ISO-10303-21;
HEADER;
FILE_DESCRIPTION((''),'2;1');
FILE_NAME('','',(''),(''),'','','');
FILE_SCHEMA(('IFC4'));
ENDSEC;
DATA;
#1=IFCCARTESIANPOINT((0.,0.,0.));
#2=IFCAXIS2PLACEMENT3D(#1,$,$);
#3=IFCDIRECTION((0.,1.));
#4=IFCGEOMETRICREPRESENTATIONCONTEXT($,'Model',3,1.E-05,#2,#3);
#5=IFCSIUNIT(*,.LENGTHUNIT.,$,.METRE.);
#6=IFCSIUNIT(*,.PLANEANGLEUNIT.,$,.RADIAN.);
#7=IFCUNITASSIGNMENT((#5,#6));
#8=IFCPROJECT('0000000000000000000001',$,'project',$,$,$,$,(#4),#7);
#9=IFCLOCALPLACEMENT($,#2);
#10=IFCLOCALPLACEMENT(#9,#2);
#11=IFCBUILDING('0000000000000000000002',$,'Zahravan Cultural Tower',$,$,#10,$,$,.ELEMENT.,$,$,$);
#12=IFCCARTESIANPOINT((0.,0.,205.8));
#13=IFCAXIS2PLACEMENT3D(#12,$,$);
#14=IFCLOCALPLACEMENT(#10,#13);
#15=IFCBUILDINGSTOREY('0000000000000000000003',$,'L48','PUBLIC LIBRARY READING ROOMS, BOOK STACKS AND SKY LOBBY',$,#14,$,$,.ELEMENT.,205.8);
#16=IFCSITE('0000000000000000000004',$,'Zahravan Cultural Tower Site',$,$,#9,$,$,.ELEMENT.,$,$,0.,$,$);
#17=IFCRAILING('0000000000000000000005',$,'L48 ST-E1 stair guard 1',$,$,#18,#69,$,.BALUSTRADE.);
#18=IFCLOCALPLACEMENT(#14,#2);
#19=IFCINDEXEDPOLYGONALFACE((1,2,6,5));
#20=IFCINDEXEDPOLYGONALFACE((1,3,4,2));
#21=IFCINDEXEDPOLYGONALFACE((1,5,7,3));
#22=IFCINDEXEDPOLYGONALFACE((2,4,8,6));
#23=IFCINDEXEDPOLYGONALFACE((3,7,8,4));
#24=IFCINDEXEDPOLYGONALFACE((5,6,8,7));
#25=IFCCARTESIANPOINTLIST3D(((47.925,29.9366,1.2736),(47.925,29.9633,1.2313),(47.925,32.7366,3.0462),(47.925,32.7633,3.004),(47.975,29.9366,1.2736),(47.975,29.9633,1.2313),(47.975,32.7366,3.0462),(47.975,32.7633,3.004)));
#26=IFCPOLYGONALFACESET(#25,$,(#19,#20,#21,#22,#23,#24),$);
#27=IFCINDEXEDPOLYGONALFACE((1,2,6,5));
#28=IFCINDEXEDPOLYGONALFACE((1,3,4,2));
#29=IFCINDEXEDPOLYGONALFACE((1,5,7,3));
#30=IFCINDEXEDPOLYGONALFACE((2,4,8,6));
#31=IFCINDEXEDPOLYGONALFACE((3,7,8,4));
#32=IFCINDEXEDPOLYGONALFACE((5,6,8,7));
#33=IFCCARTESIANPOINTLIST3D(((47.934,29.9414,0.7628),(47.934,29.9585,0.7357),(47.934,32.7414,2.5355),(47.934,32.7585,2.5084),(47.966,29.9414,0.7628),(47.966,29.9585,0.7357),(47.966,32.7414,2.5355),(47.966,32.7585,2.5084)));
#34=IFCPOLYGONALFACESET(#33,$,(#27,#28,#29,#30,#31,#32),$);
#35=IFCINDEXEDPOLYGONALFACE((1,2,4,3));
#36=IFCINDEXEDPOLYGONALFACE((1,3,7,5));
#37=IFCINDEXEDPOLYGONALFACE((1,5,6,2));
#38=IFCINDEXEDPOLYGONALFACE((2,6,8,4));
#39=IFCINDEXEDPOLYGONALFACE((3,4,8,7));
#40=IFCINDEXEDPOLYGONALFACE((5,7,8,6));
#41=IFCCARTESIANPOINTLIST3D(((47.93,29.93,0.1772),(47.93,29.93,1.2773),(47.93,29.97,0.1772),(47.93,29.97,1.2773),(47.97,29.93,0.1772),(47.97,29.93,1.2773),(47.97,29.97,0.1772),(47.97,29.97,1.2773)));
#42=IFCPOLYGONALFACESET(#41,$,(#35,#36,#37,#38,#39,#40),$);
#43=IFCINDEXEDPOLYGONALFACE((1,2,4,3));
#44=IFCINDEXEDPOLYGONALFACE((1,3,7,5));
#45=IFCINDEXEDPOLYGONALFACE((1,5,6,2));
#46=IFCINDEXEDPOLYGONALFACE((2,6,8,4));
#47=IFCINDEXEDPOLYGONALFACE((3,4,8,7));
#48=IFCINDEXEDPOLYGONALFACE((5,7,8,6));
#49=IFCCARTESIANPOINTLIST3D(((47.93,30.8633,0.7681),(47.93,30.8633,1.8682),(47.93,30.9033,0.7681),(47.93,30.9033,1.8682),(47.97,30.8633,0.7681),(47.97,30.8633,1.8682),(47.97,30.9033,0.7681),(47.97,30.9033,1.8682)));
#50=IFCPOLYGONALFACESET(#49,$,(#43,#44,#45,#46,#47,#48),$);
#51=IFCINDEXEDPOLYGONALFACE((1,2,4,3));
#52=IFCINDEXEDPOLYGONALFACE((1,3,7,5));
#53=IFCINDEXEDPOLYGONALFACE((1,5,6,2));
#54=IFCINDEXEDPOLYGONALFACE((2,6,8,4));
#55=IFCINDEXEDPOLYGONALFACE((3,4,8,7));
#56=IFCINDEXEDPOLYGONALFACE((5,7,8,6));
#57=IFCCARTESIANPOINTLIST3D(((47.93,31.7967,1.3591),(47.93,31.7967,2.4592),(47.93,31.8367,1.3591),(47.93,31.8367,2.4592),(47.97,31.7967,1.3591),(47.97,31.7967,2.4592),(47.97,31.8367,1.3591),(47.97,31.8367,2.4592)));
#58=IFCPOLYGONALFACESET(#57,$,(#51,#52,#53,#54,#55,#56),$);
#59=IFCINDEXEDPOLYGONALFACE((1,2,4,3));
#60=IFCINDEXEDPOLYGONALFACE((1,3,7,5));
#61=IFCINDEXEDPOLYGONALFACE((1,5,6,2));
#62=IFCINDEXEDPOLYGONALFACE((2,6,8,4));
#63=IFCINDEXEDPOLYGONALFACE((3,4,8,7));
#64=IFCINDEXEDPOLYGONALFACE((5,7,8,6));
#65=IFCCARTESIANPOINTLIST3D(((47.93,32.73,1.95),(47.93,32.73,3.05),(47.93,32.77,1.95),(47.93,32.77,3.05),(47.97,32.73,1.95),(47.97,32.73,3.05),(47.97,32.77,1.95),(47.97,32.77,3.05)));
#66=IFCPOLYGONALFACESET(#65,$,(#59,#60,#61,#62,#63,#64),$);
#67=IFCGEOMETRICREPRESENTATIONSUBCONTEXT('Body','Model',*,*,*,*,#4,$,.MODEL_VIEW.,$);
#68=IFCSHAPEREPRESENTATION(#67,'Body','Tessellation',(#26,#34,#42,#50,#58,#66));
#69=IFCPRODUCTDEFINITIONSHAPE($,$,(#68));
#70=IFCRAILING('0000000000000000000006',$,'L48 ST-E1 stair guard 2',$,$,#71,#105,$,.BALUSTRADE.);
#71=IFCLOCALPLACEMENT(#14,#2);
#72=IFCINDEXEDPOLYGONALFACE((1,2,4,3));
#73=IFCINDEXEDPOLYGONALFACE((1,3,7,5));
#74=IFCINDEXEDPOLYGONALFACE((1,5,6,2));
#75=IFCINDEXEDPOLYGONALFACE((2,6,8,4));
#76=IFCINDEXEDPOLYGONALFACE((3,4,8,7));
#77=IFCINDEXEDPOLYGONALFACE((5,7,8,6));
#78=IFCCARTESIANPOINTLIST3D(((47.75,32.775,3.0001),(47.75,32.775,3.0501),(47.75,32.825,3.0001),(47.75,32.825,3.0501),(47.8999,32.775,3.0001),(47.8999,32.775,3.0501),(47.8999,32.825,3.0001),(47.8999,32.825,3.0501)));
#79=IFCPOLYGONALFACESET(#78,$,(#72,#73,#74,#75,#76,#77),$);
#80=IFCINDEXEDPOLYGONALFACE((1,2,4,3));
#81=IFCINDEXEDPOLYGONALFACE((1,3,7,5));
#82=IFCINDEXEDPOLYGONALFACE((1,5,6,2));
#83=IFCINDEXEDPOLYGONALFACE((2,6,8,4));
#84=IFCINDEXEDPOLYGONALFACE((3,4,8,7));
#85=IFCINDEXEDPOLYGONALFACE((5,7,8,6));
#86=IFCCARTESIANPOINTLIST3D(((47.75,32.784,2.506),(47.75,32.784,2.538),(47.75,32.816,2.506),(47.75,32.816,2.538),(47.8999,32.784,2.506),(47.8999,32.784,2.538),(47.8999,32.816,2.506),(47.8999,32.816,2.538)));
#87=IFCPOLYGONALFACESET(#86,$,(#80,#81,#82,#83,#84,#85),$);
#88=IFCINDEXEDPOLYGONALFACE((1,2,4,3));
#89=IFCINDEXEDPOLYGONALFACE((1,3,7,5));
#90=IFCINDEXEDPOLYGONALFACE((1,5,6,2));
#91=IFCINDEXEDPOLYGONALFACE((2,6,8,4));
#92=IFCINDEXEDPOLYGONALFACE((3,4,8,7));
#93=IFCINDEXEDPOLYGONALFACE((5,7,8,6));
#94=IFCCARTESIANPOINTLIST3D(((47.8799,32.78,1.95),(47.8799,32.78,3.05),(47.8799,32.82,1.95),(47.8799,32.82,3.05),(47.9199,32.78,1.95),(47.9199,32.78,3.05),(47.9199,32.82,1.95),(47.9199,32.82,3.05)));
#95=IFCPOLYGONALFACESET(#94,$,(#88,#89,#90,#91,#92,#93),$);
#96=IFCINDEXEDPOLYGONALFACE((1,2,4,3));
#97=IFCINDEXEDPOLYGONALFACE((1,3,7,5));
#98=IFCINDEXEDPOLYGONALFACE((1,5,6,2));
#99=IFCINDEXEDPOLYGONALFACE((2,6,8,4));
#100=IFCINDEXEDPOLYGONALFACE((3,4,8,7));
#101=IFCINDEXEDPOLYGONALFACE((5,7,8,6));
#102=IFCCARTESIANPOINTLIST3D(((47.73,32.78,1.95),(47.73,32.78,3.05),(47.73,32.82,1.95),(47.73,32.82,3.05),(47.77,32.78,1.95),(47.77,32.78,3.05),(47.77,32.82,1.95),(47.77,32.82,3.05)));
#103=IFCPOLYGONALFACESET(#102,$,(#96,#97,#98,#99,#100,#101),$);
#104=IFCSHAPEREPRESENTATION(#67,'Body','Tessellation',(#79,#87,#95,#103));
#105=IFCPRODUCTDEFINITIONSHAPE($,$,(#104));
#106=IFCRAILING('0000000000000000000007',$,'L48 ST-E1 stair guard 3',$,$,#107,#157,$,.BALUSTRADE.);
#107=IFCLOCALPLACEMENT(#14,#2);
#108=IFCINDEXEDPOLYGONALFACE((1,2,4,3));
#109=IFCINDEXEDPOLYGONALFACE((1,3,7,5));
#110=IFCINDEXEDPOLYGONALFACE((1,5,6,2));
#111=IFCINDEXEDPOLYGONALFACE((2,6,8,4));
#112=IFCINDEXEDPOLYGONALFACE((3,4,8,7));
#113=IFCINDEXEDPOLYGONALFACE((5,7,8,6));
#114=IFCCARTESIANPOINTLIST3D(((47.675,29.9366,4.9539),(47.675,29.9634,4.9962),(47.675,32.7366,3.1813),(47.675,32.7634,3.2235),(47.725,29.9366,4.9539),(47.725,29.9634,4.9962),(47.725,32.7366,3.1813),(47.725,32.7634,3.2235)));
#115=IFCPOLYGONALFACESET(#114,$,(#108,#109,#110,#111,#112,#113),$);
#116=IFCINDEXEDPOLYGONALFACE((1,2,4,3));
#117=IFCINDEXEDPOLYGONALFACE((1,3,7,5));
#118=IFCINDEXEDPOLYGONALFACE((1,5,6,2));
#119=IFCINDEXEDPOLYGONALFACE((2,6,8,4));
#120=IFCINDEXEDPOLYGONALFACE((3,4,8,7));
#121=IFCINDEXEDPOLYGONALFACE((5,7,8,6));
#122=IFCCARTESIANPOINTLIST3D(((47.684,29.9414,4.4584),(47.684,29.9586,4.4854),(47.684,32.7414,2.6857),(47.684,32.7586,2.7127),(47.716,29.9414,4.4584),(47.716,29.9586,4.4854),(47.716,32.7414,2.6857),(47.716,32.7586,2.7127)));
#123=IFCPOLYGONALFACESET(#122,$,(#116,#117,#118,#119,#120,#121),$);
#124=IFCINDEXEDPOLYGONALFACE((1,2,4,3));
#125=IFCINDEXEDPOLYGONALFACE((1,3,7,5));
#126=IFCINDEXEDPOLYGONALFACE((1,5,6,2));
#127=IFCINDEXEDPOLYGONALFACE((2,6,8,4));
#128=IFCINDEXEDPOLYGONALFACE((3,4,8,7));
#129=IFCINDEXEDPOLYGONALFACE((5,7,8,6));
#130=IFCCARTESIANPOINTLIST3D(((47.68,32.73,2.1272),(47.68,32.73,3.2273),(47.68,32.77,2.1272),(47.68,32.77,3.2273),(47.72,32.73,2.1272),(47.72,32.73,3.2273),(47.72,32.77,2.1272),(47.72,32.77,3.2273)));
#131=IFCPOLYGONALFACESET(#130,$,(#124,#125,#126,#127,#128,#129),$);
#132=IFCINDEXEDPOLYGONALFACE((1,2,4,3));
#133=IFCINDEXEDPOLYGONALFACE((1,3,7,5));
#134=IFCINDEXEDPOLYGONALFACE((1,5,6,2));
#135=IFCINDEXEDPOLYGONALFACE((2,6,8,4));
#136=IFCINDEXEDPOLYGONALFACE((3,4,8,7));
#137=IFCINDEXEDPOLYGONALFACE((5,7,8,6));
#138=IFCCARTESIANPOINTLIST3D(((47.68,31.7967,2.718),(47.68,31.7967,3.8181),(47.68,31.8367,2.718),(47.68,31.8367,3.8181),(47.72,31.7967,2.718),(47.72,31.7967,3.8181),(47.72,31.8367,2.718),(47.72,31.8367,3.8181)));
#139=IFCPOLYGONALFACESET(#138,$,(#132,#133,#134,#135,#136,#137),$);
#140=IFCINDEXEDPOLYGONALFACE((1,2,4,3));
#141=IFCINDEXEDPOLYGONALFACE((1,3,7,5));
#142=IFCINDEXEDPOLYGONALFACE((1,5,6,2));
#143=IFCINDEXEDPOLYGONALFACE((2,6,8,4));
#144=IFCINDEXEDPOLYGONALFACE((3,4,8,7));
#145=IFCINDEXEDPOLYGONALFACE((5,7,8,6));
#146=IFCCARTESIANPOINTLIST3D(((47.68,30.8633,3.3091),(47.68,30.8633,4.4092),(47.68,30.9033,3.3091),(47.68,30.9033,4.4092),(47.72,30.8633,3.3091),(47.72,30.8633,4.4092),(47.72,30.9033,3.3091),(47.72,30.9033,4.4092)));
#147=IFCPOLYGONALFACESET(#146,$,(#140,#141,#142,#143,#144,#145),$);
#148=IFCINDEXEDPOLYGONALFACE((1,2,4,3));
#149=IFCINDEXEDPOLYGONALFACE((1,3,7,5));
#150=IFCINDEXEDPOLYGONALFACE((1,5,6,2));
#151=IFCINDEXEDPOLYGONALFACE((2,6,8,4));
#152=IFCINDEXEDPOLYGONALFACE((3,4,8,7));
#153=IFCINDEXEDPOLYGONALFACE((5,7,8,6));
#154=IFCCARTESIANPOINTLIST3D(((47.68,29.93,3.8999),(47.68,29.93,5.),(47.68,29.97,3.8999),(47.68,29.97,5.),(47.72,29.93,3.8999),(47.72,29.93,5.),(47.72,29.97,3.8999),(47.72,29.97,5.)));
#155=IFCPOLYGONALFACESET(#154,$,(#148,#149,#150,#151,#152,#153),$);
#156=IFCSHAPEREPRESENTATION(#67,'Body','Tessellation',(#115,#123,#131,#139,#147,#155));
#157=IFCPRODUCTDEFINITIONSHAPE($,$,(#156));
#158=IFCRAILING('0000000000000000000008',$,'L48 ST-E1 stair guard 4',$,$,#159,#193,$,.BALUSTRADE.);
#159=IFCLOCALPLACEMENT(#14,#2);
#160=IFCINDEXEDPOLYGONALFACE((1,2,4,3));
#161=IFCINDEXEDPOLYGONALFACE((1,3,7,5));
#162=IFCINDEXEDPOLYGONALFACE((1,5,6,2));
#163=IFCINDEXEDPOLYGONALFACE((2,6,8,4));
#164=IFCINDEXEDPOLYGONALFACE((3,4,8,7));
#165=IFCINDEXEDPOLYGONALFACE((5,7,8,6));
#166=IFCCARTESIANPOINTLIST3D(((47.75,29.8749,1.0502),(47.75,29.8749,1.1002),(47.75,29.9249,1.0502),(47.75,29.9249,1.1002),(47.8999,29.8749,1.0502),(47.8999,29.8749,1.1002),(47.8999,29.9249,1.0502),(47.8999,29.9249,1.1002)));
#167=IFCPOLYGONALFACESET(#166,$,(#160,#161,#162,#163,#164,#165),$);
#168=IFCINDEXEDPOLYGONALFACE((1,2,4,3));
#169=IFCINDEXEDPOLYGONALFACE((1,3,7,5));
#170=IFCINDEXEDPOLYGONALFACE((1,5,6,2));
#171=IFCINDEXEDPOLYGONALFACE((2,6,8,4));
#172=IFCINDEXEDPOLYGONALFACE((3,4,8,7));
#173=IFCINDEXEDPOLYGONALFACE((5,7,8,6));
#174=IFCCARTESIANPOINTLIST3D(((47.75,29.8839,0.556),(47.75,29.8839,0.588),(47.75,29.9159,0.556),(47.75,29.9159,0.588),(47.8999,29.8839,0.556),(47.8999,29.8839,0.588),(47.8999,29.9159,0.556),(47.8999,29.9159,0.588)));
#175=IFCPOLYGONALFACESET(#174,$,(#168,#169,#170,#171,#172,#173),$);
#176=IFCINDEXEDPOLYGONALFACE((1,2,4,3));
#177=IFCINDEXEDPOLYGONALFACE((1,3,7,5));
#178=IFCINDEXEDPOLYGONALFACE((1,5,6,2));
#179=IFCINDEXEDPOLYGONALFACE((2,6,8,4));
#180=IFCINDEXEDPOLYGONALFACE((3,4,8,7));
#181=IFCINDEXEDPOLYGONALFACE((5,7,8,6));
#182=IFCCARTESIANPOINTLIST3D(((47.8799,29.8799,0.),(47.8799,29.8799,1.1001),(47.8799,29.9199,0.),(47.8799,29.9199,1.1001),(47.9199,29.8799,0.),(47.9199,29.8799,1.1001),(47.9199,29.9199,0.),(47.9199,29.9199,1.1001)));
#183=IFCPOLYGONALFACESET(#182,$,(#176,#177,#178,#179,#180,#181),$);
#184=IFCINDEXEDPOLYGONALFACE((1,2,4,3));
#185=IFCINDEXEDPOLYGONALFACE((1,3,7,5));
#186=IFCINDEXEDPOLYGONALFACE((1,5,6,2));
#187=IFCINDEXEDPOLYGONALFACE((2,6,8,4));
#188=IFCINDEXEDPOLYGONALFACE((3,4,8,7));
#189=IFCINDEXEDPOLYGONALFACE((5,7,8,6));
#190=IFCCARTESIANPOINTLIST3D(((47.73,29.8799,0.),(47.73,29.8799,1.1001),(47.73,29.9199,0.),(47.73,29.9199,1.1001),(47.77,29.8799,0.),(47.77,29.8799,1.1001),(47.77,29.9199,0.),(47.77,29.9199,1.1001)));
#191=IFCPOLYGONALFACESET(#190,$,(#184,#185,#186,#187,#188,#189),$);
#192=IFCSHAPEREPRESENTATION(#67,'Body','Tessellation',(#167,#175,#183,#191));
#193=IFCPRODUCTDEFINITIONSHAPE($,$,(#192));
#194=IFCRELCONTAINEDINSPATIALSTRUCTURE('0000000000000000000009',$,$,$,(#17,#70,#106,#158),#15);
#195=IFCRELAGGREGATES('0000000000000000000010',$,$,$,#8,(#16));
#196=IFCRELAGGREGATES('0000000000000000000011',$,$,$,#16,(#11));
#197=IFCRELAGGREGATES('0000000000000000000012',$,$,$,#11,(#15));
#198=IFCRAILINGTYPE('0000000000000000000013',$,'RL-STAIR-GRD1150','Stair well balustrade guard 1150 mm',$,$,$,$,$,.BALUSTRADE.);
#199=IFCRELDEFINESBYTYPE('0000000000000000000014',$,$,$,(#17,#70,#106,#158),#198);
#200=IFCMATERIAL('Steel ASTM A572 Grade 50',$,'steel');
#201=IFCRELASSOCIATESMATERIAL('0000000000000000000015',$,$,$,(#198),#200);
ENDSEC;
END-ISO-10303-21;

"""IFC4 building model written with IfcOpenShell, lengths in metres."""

from ifc_helpers import new_model, si_unit, direction, frame, origin, origin_2d, place, context, subcontext, project, spatial, rectangle, extrude, material, type_object, element, save


model = new_model("IFC4")

# Units and contexts
model_context = context("Model", 3, precision=1e-05, world=origin(), true_north=direction((0.0, 1.0)))
body_context = subcontext(model_context, "Body", "Model", "MODEL_VIEW")
ifc_project = project(units=[si_unit("LENGTHUNIT", "METRE"), si_unit("PLANEANGLEUNIT", "RADIAN")], contexts=[model_context])

# Site, building, storey
site_placement = place(None, origin())
site = spatial("IfcSite", under=ifc_project, at=site_placement, Name="Zahravan Cultural Tower Site", CompositionType="ELEMENT", RefElevation=0.0)
building_placement = place(site_placement, origin())
building = spatial("IfcBuilding", under=site, at=building_placement, Name="Zahravan Cultural Tower", CompositionType="ELEMENT")
storey_placement = place(building_placement, frame((0.0, 0.0, 205.8)))
storey = spatial("IfcBuildingStorey", under=building, at=storey_placement, Name="L48", Description="PUBLIC LIBRARY READING ROOMS, BOOK STACKS AND SKY LOBBY", CompositionType="ELEMENT", Elevation=205.8)

# Railings
ifc_material_1 = material(Name="Steel ASTM A572 Grade 50", Category="steel")
railing_type_1 = type_object("IfcRailingType", Name="RL-STAIR-GRD1150", Description="Stair well balustrade guard 1150 mm", PredefinedType="BALUSTRADE", material=ifc_material_1)
railing_1_placement = place(storey_placement, frame((47.95, 29.95, 0.1772)))
element("IfcRailing", 1, at=railing_1_placement, inside=storey, type_object=railing_type_1, Name="L48 ST-E1 stair guard 1", PredefinedType="BALUSTRADE", context=body_context, shape_type="SweptSolid", body=[
    extrude(rectangle(XDim=0.05, YDim=0.05, at=origin_2d()), frame((0.0, 0.0, 1.0752), z_axis=(0.0, 0.844909, 0.53491), x_axis=(-1.0, 0.0, 0.0)), (0.0, 0.0, 1.0), 3.314),
    extrude(rectangle(XDim=0.032, YDim=0.032, at=origin_2d()), frame((0.0, 0.0, 0.572), z_axis=(0.0, 0.844909, 0.53491), x_axis=(-1.0, 0.0, 0.0)), (0.0, 0.0, 1.0), 3.314),
    extrude(rectangle(XDim=0.04, YDim=0.04, at=origin_2d()), origin(), (0.0, 0.0, 1.0), 1.1001),
    extrude(rectangle(XDim=0.04, YDim=0.04, at=origin_2d()), frame((0.0, 0.9333, 0.5908)), (0.0, 0.0, 1.0), 1.1001),
    extrude(rectangle(XDim=0.04, YDim=0.04, at=origin_2d()), frame((0.0, 1.8667, 1.1819)), (0.0, 0.0, 1.0), 1.1001),
    extrude(rectangle(XDim=0.04, YDim=0.04, at=origin_2d()), frame((0.0, 2.8, 1.7727)), (0.0, 0.0, 1.0), 1.1001),
])
railing_2_placement = place(storey_placement, frame((47.8999, 32.8, 1.95)))
element("IfcRailing", 2, at=railing_2_placement, inside=storey, type_object=railing_type_1, Name="L48 ST-E1 stair guard 2", PredefinedType="BALUSTRADE", context=body_context, shape_type="SweptSolid", body=[
    extrude(rectangle(XDim=0.05, YDim=0.05, at=origin_2d()), frame((0.0, 0.0, 1.0752), z_axis=(-1.0, 0.0, 0.0), x_axis=(0.0, -1.0, 0.0)), (0.0, 0.0, 1.0), 0.1499),
    extrude(rectangle(XDim=0.032, YDim=0.032, at=origin_2d()), frame((0.0, 0.0, 0.572), z_axis=(-1.0, 0.0, 0.0), x_axis=(0.0, -1.0, 0.0)), (0.0, 0.0, 1.0), 0.1499),
    extrude(rectangle(XDim=0.04, YDim=0.04, at=origin_2d()), origin(), (0.0, 0.0, 1.0), 1.1001),
    extrude(rectangle(XDim=0.04, YDim=0.04, at=origin_2d()), frame((-0.1499, 0.0, 0.0)), (0.0, 0.0, 1.0), 1.1001),
])
railing_3_placement = place(storey_placement, frame((47.7, 32.75, 2.1272)))
element("IfcRailing", 3, at=railing_3_placement, inside=storey, type_object=railing_type_1, Name="L48 ST-E1 stair guard 3", PredefinedType="BALUSTRADE", context=body_context, shape_type="SweptSolid", body=[
    extrude(rectangle(XDim=0.05, YDim=0.05, at=origin_2d()), frame((0.0, 0.0, 1.0752), z_axis=(0.0, -0.844909, 0.53491), x_axis=(1.0, 0.0, 0.0)), (0.0, 0.0, 1.0), 3.314),
    extrude(rectangle(XDim=0.032, YDim=0.032, at=origin_2d()), frame((0.0, 0.0, 0.572), z_axis=(0.0, -0.844909, 0.53491), x_axis=(1.0, 0.0, 0.0)), (0.0, 0.0, 1.0), 3.314),
    extrude(rectangle(XDim=0.04, YDim=0.04, at=origin_2d()), origin(), (0.0, 0.0, 1.0), 1.1001),
    extrude(rectangle(XDim=0.04, YDim=0.04, at=origin_2d()), frame((0.0, -0.9333, 0.5908)), (0.0, 0.0, 1.0), 1.1001),
    extrude(rectangle(XDim=0.04, YDim=0.04, at=origin_2d()), frame((0.0, -1.8667, 1.1819)), (0.0, 0.0, 1.0), 1.1001),
    extrude(rectangle(XDim=0.04, YDim=0.04, at=origin_2d()), frame((0.0, -2.8, 1.7727)), (0.0, 0.0, 1.0), 1.1001),
])
railing_4_placement = place(storey_placement, frame((47.8999, 29.8999, 0.0)))
element("IfcRailing", 4, at=railing_4_placement, inside=storey, type_object=railing_type_1, Name="L48 ST-E1 stair guard 4", PredefinedType="BALUSTRADE", context=body_context, shape_type="SweptSolid", body=[
    extrude(rectangle(XDim=0.05, YDim=0.05, at=origin_2d()), frame((0.0, 0.0, 1.0752), z_axis=(-1.0, 0.0, 0.0), x_axis=(0.0, -1.0, 0.0)), (0.0, 0.0, 1.0), 0.1499),
    extrude(rectangle(XDim=0.032, YDim=0.032, at=origin_2d()), frame((0.0, 0.0, 0.572), z_axis=(-1.0, 0.0, 0.0), x_axis=(0.0, -1.0, 0.0)), (0.0, 0.0, 1.0), 0.1499),
    extrude(rectangle(XDim=0.04, YDim=0.04, at=origin_2d()), origin(), (0.0, 0.0, 1.0), 1.1001),
    extrude(rectangle(XDim=0.04, YDim=0.04, at=origin_2d()), frame((-0.1499, 0.0, 0.0)), (0.0, 0.0, 1.0), 1.1001),
])

save(model, "model.ifc")
